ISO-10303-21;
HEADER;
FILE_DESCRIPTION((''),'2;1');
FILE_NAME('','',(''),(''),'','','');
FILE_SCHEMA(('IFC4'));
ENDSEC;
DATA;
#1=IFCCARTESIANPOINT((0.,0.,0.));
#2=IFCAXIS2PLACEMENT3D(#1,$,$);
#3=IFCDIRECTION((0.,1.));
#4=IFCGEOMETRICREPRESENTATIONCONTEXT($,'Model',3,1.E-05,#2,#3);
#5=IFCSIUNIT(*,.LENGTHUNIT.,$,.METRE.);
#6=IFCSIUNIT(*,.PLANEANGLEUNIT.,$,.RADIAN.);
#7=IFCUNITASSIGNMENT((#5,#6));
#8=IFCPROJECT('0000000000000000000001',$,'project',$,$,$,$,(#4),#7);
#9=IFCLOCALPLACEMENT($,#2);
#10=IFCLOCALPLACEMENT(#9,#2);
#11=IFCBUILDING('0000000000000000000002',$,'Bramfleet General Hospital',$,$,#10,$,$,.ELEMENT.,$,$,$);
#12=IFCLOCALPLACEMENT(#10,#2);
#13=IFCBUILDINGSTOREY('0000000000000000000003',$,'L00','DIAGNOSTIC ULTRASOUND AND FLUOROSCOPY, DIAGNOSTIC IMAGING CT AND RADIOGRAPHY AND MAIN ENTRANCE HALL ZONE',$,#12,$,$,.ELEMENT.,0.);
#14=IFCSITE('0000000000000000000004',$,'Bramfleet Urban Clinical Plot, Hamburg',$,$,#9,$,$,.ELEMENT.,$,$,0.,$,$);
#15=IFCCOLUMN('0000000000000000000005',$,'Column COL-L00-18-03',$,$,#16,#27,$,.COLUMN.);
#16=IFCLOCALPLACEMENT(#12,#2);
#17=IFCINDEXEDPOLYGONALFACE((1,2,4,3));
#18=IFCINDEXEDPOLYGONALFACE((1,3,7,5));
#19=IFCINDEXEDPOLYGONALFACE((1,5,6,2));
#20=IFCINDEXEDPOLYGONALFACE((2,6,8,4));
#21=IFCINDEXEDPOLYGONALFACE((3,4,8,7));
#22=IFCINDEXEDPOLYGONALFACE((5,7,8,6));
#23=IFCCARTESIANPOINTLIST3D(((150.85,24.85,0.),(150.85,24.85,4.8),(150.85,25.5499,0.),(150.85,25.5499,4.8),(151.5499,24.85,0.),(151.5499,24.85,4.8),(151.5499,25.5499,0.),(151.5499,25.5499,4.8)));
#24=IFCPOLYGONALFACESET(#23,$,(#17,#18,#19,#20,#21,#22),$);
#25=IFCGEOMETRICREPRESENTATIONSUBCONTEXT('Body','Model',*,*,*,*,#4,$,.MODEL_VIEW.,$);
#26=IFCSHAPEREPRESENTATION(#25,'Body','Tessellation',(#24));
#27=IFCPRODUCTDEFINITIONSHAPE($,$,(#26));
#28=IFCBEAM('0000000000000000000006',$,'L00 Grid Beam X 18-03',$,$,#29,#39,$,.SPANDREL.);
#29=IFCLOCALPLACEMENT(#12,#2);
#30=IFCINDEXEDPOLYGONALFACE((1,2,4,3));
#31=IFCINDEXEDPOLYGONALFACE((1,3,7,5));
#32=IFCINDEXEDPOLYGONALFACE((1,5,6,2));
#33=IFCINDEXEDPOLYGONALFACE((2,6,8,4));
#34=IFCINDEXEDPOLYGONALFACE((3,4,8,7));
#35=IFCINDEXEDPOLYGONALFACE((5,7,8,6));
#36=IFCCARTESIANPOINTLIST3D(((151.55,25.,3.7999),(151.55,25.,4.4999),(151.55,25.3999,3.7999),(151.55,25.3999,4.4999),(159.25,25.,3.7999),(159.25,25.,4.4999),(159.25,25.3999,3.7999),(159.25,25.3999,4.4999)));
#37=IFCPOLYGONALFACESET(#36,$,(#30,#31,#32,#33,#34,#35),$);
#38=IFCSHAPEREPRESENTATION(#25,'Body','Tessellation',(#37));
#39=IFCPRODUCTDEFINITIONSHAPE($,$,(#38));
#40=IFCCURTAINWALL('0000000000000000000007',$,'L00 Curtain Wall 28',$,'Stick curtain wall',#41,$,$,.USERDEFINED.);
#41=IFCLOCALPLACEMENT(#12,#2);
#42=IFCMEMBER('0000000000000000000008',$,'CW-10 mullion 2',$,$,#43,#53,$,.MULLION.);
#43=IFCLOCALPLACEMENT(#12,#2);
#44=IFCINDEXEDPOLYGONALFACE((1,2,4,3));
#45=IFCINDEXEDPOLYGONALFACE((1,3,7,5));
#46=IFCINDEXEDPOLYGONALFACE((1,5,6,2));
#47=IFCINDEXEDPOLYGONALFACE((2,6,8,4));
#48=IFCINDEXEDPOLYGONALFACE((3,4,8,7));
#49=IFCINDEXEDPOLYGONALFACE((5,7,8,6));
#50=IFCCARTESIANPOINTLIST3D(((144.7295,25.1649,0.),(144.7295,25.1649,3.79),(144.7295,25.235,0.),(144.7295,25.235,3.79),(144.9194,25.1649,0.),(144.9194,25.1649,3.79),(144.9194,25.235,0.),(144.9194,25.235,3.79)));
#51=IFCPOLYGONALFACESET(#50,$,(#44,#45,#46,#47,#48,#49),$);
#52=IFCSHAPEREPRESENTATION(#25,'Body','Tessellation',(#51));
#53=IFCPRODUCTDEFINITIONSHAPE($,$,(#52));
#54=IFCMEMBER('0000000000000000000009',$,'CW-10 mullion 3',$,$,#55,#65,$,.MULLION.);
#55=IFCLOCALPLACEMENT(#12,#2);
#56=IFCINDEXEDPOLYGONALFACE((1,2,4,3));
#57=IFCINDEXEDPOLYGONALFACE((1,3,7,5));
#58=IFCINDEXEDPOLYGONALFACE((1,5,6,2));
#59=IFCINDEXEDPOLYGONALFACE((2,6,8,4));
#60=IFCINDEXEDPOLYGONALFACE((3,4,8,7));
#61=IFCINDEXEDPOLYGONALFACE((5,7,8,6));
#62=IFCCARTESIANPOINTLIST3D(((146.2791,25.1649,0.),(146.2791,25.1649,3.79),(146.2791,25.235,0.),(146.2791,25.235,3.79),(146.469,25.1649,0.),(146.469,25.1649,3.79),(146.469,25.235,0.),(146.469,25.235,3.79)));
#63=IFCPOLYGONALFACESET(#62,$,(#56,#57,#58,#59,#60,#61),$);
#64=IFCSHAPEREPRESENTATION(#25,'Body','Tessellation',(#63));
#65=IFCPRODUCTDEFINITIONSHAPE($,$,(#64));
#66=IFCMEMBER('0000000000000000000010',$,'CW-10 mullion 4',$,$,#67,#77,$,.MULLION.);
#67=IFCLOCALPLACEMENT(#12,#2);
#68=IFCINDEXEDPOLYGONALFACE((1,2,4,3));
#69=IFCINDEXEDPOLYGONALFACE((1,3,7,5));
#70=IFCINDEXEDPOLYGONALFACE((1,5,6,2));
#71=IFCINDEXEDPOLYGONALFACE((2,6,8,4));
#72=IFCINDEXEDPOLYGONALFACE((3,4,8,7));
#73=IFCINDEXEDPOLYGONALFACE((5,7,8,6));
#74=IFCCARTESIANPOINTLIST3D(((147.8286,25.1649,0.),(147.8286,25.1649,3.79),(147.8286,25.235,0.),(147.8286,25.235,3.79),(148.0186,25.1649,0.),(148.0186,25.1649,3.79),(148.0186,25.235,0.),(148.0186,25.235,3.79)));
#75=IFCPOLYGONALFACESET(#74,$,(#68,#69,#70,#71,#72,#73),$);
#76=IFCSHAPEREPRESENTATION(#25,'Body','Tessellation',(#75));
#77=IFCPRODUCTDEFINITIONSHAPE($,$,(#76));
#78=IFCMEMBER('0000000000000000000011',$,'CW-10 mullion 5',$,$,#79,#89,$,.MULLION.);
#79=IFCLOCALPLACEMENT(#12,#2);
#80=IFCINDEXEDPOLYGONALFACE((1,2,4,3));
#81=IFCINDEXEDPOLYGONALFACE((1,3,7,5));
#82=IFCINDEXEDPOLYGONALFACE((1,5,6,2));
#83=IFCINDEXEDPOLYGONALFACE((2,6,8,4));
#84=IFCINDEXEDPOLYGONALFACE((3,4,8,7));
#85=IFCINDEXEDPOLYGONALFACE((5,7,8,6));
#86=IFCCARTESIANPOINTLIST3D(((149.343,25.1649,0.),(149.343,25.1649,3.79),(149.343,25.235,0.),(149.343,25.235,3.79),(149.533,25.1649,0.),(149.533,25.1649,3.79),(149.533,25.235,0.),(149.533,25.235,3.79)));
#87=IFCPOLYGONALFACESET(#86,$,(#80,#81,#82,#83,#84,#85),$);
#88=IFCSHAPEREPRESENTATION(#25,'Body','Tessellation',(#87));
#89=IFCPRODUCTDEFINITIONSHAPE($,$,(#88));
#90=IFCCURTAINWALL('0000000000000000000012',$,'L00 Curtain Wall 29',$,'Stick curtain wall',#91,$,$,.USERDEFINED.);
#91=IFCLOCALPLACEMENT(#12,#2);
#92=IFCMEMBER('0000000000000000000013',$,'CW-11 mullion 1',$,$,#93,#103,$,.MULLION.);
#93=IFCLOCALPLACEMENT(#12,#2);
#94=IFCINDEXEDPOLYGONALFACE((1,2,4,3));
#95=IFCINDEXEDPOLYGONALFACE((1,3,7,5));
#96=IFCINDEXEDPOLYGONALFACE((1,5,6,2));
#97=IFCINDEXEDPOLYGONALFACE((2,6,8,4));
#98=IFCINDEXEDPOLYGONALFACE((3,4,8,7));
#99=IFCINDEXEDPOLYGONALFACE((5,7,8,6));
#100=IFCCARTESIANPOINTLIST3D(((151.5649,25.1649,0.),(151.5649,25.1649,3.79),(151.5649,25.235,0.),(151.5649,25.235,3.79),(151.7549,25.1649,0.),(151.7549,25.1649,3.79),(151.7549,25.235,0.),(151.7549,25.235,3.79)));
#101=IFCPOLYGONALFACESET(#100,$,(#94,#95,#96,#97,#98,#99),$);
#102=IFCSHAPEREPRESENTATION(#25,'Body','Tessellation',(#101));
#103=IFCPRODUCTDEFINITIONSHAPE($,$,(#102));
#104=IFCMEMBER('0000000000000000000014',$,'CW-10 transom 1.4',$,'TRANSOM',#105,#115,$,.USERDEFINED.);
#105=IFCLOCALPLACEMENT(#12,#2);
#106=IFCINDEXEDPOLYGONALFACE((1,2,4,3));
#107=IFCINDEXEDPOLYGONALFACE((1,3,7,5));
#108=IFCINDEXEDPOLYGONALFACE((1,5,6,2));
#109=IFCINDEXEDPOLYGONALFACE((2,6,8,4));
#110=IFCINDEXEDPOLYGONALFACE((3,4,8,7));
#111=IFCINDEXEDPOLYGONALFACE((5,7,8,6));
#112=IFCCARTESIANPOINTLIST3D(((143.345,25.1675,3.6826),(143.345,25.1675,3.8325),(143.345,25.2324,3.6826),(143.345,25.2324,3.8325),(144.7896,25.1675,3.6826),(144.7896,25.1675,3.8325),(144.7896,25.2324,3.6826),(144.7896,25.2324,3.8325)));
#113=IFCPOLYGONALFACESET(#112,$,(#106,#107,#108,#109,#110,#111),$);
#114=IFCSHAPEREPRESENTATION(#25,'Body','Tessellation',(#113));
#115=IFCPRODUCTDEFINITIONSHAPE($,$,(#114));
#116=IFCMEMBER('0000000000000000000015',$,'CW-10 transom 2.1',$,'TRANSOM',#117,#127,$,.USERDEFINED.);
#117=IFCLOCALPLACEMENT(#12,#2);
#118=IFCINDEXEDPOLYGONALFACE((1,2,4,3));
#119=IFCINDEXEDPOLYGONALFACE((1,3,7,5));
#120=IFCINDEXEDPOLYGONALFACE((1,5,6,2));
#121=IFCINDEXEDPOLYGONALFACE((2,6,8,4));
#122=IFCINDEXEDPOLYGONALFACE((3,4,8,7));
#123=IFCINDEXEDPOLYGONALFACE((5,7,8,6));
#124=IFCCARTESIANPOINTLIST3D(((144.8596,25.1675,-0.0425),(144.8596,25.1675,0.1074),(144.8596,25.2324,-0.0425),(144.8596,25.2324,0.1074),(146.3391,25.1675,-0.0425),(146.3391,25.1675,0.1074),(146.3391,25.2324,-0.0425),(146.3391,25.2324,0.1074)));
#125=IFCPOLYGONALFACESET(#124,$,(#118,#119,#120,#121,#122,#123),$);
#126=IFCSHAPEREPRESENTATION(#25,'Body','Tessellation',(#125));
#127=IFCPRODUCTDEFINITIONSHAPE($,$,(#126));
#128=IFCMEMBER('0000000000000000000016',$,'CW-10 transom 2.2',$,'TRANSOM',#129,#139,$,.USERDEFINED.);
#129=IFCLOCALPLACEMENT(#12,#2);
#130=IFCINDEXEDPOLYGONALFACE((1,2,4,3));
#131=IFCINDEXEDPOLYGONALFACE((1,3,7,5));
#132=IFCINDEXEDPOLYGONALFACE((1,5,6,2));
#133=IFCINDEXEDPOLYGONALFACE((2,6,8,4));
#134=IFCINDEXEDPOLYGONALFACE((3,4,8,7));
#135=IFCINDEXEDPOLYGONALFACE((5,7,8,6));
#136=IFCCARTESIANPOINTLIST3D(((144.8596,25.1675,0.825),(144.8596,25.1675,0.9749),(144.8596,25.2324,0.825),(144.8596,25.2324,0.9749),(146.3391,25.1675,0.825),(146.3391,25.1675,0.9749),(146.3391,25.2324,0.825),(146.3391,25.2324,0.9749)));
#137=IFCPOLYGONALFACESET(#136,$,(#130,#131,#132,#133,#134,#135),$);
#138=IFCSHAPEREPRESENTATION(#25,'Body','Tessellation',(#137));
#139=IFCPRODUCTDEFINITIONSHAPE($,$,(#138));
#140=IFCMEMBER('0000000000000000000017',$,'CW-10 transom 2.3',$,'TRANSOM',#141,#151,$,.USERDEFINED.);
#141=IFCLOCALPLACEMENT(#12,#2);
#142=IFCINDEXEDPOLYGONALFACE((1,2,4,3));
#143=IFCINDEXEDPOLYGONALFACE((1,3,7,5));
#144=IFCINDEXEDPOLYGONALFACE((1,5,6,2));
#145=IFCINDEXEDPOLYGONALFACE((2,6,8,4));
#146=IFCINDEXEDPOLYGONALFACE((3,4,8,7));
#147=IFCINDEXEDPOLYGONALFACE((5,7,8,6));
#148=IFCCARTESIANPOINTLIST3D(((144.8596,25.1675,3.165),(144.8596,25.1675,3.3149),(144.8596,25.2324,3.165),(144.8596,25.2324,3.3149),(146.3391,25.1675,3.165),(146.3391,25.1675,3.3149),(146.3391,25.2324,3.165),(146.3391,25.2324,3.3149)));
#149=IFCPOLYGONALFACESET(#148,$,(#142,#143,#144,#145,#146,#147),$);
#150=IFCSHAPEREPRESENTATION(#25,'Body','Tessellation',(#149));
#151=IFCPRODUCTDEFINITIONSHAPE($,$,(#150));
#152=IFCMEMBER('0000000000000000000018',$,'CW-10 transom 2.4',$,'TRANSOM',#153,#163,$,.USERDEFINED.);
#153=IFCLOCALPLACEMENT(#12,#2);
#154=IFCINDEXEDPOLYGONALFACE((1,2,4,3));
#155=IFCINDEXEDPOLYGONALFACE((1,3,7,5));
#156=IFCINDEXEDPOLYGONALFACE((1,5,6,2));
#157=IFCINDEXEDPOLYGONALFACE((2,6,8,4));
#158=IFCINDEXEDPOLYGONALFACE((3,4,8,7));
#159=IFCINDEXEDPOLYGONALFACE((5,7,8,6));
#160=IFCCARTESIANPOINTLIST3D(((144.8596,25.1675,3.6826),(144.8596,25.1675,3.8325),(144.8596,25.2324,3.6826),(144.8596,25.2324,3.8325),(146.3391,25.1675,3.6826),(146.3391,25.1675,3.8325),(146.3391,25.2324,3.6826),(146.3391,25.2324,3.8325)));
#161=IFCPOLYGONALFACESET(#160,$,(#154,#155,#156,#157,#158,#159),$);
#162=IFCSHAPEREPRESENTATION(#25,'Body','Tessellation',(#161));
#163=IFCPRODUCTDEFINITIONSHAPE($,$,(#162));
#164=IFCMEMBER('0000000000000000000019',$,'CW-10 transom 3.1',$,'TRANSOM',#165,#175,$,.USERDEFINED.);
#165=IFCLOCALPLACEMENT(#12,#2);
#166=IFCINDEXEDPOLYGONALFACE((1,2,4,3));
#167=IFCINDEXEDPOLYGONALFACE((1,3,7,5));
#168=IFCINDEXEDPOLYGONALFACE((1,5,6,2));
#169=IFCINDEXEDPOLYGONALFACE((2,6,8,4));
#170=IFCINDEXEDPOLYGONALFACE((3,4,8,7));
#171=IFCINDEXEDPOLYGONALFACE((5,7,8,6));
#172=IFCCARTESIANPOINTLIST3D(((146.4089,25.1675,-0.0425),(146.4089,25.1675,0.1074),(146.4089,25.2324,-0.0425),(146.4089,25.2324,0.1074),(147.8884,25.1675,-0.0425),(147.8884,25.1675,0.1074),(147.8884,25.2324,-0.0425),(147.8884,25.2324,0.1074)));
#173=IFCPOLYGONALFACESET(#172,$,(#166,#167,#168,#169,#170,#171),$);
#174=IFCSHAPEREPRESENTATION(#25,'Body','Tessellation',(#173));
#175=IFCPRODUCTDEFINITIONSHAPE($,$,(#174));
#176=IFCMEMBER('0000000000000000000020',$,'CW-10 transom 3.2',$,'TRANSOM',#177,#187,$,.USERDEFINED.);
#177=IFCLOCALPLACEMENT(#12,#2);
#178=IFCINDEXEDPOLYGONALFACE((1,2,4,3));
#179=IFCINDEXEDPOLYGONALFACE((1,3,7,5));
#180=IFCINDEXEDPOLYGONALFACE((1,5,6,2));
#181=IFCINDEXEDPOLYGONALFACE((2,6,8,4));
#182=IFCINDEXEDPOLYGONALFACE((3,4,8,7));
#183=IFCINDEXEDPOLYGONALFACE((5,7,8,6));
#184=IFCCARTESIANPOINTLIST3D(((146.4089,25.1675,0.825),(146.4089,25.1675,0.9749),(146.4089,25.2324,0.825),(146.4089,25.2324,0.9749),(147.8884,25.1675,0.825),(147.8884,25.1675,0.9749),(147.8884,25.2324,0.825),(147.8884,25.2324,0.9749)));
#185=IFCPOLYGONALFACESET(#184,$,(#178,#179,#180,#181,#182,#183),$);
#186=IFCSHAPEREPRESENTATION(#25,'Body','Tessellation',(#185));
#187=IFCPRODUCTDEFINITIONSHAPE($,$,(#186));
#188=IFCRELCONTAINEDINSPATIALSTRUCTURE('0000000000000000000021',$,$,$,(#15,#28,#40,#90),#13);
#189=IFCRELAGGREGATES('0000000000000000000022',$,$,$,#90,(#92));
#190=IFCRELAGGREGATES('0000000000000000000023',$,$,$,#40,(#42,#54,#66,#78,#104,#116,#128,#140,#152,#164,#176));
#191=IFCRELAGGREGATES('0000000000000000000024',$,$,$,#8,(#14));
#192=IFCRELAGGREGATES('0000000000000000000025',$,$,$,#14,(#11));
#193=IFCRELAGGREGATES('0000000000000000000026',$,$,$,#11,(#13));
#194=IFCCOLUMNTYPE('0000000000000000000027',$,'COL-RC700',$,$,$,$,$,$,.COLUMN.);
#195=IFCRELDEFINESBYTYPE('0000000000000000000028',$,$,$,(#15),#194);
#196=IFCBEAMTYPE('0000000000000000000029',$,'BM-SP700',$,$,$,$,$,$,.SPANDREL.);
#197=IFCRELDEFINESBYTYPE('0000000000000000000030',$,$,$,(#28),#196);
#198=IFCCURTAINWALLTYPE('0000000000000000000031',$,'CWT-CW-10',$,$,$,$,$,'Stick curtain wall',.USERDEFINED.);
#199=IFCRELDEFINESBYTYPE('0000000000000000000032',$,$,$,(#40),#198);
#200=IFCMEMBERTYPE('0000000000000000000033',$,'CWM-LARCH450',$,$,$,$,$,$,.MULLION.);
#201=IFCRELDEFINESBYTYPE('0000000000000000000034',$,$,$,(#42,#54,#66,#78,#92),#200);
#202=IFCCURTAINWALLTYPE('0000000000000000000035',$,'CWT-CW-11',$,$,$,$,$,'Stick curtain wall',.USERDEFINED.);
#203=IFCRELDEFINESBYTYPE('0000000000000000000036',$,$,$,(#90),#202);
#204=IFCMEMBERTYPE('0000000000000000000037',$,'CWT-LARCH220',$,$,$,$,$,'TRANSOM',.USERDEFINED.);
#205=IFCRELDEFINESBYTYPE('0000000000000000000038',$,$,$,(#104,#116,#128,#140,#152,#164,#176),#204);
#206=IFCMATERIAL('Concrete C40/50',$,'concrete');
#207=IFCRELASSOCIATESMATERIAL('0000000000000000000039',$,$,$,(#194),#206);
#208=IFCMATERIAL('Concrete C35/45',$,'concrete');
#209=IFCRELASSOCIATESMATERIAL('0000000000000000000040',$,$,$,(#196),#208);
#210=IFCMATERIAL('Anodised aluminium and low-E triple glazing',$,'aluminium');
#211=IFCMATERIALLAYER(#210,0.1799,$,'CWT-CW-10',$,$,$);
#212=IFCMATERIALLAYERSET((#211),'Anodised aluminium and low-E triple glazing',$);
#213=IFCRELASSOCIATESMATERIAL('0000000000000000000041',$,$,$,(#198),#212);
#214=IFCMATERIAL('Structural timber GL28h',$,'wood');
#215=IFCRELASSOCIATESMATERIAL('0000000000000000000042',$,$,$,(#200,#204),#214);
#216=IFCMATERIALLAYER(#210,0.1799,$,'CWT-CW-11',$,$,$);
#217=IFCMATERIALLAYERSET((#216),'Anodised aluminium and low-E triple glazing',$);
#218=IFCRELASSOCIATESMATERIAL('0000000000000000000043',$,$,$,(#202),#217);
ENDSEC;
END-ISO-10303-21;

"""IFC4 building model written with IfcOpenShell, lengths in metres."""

from ifc_helpers import new_model, si_unit, direction, frame, origin, origin_2d, place, context, subcontext, project, spatial, rectangle, extrude, material, layer, layer_set, material_profile, profile_set, type_object, element, aggregate, save


model = new_model("IFC4")

# Units and contexts
model_context = context("Model", 3, precision=1e-05, world=origin(), true_north=direction((0.0, 1.0)))
body_context = subcontext(model_context, "Body", "Model", "MODEL_VIEW")
ifc_project = project(units=[si_unit("LENGTHUNIT", "METRE"), si_unit("PLANEANGLEUNIT", "RADIAN")], contexts=[model_context])

# Site, building, storey
site_placement = place(None, origin())
site = spatial("IfcSite", under=ifc_project, at=site_placement, Name="Bramfleet Urban Clinical Plot, Hamburg", CompositionType="ELEMENT", RefElevation=0.0)
building_placement = place(site_placement, origin())
building = spatial("IfcBuilding", under=site, at=building_placement, Name="Bramfleet General Hospital", CompositionType="ELEMENT")
storey_placement = place(building_placement, origin())
storey = spatial("IfcBuildingStorey", under=building, at=storey_placement, Name="L00", Description="DIAGNOSTIC ULTRASOUND AND FLUOROSCOPY, DIAGNOSTIC IMAGING CT AND RADIOGRAPHY AND MAIN ENTRANCE HALL ZONE", CompositionType="ELEMENT", Elevation=0.0)

# Column
ifc_material_1 = material(Name="Concrete C40/50", Category="concrete")
ifc_material_profile_1 = material_profile(ifc_material_1, rectangle(XDim=0.7, YDim=0.7, at=origin_2d()), Name="RC COL 700x700")
ifc_profile_set_1 = profile_set([ifc_material_profile_1], Name="Concrete C40/50")
column_type = type_object("IfcColumnType", Name="COL-RC700", PredefinedType="COLUMN", material=ifc_profile_set_1)
column_placement = place(storey_placement, frame((151.2, 25.2, 0.0), z_axis=(0.0, 0.0, 1.0), x_axis=(1.0, 0.0, 0.0)))
element("IfcColumn", 1, at=column_placement, inside=storey, type_object=column_type, Name="Column COL-L00-18-03", PredefinedType="COLUMN", context=body_context, shape_type="SweptSolid", body=[
    extrude(rectangle(XDim=0.7, YDim=0.7, at=origin_2d()), origin(), (0.0, 0.0, 1.0), 4.8),
])

# Beam
ifc_material_2 = material(Name="Concrete C35/45", Category="concrete")
ifc_material_profile_2 = material_profile(ifc_material_2, rectangle(XDim=0.3999, YDim=0.7, at=origin_2d()), Name="RC SP 700x400")
ifc_profile_set_2 = profile_set([ifc_material_profile_2], Name="Concrete C35/45")
beam_type = type_object("IfcBeamType", Name="BM-SP700", PredefinedType="SPANDREL", material=ifc_profile_set_2)
beam_placement = place(storey_placement, frame((151.55, 25.2, 4.1499), z_axis=(1.0, 0.0, 0.0), x_axis=(0.0, 1.0, 0.0)))
element("IfcBeam", 2, at=beam_placement, inside=storey, type_object=beam_type, Name="L00 Grid Beam X 18-03", PredefinedType="SPANDREL", context=body_context, shape_type="SweptSolid", body=[
    extrude(rectangle(XDim=0.3999, YDim=0.7, at=origin_2d()), origin(), (0.0, 0.0, 1.0), 7.7),
])

# Curtain wall, members
ifc_material_3 = material(Name="Anodised aluminium and low-E triple glazing", Category="aluminium")
ifc_layer_1 = layer(ifc_material_3, 0.1799, Name="CWT-CW-10")
ifc_layer_set_1 = layer_set([ifc_layer_1], Name="Anodised aluminium and low-E triple glazing")
curtain_wall_type_1 = type_object("IfcCurtainWallType", Name="CWT-CW-10", ElementType="Stick curtain wall", PredefinedType="USERDEFINED", material=ifc_layer_set_1)
curtain_wall_1_placement = place(storey_placement, origin())
curtain_wall_1 = element("IfcCurtainWall", 3, at=curtain_wall_1_placement, inside=storey, type_object=curtain_wall_type_1, Name="L00 Curtain Wall 28", ObjectType="Stick curtain wall", PredefinedType="USERDEFINED")
ifc_material_4 = material(Name="Structural timber GL28h", Category="wood")
ifc_material_profile_3 = material_profile(ifc_material_4, rectangle(XDim=0.0701, YDim=0.1899, at=origin_2d()), Name="LARCH 190x70")
ifc_profile_set_3 = profile_set([ifc_material_profile_3], Name="Structural timber GL28h")
member_type_1 = type_object("IfcMemberType", Name="CWM-LARCH450", PredefinedType="MULLION", material=ifc_profile_set_3)
member_1_placement = place(storey_placement, frame((144.8245, 25.2, 0.0), z_axis=(0.0, 0.0, 1.0), x_axis=(0.0, 1.0, 0.0)))
member_1 = element("IfcMember", 4, at=member_1_placement, type_object=member_type_1, Name="CW-10 mullion 2", PredefinedType="MULLION", context=body_context, shape_type="SweptSolid", body=[
    extrude(rectangle(XDim=0.0701, YDim=0.1899, at=origin_2d()), origin(), (0.0, 0.0, 1.0), 3.79),
])
member_2_placement = place(storey_placement, frame((146.374, 25.2, 0.0), z_axis=(0.0, 0.0, 1.0), x_axis=(0.0, 1.0, 0.0)))
member_2 = element("IfcMember", 5, at=member_2_placement, type_object=member_type_1, Name="CW-10 mullion 3", PredefinedType="MULLION", context=body_context, shape_type="SweptSolid", body=[
    extrude(rectangle(XDim=0.0701, YDim=0.1899, at=origin_2d()), origin(), (0.0, 0.0, 1.0), 3.79),
])
member_3_placement = place(storey_placement, frame((147.9236, 25.2, 0.0), z_axis=(0.0, 0.0, 1.0), x_axis=(0.0, 1.0, 0.0)))
member_3 = element("IfcMember", 6, at=member_3_placement, type_object=member_type_1, Name="CW-10 mullion 4", PredefinedType="MULLION", context=body_context, shape_type="SweptSolid", body=[
    extrude(rectangle(XDim=0.0701, YDim=0.1899, at=origin_2d()), origin(), (0.0, 0.0, 1.0), 3.79),
])
member_4_placement = place(storey_placement, frame((149.438, 25.2, 0.0), z_axis=(0.0, 0.0, 1.0), x_axis=(0.0, 1.0, 0.0)))
member_4 = element("IfcMember", 7, at=member_4_placement, type_object=member_type_1, Name="CW-10 mullion 5", PredefinedType="MULLION", context=body_context, shape_type="SweptSolid", body=[
    extrude(rectangle(XDim=0.0701, YDim=0.1899, at=origin_2d()), origin(), (0.0, 0.0, 1.0), 3.79),
])

# Curtain wall, member
ifc_layer_2 = layer(ifc_material_3, 0.1799, Name="CWT-CW-11")
ifc_layer_set_2 = layer_set([ifc_layer_2], Name="Anodised aluminium and low-E triple glazing")
curtain_wall_type_2 = type_object("IfcCurtainWallType", Name="CWT-CW-11", ElementType="Stick curtain wall", PredefinedType="USERDEFINED", material=ifc_layer_set_2)
curtain_wall_2_placement = place(storey_placement, origin())
curtain_wall_2 = element("IfcCurtainWall", 8, at=curtain_wall_2_placement, inside=storey, type_object=curtain_wall_type_2, Name="L00 Curtain Wall 29", ObjectType="Stick curtain wall", PredefinedType="USERDEFINED")
member_5_placement = place(storey_placement, frame((151.6599, 25.2, 0.0), z_axis=(0.0, 0.0, 1.0), x_axis=(0.0, 1.0, 0.0)))
member_5 = element("IfcMember", 9, at=member_5_placement, type_object=member_type_1, Name="CW-11 mullion 1", PredefinedType="MULLION", context=body_context, shape_type="SweptSolid", body=[
    extrude(rectangle(XDim=0.0701, YDim=0.1899, at=origin_2d()), origin(), (0.0, 0.0, 1.0), 3.79),
])
aggregate(curtain_wall_2, [member_5])

# Members
ifc_material_profile_4 = material_profile(ifc_material_4, rectangle(XDim=0.0649, YDim=0.1499, at=origin_2d()), Name="LARCH 150x65")
ifc_profile_set_4 = profile_set([ifc_material_profile_4], Name="Structural timber GL28h")
member_type_2 = type_object("IfcMemberType", Name="CWT-LARCH220", ElementType="TRANSOM", PredefinedType="USERDEFINED", material=ifc_profile_set_4)
member_6_placement = place(storey_placement, frame((143.345, 25.2, 3.7576), z_axis=(1.0, 0.0, 0.0), x_axis=(0.0, 1.0, 0.0)))
member_6 = element("IfcMember", 10, at=member_6_placement, type_object=member_type_2, Name="CW-10 transom 1.4", ObjectType="TRANSOM", PredefinedType="USERDEFINED", context=body_context, shape_type="SweptSolid", body=[
    extrude(rectangle(XDim=0.0649, YDim=0.1499, at=origin_2d()), origin(), (0.0, 0.0, 1.0), 1.4446),
])
member_7_placement = place(storey_placement, frame((144.8596, 25.2, 0.0325), z_axis=(1.0, 0.0, 0.0), x_axis=(0.0, 1.0, 0.0)))
member_7 = element("IfcMember", 11, at=member_7_placement, type_object=member_type_2, Name="CW-10 transom 2.1", ObjectType="TRANSOM", PredefinedType="USERDEFINED", context=body_context, shape_type="SweptSolid", body=[
    extrude(rectangle(XDim=0.0649, YDim=0.1499, at=origin_2d()), origin(), (0.0, 0.0, 1.0), 1.4795),
])
member_8_placement = place(storey_placement, frame((144.8596, 25.2, 0.8999), z_axis=(1.0, 0.0, 0.0), x_axis=(0.0, 1.0, 0.0)))
member_8 = element("IfcMember", 12, at=member_8_placement, type_object=member_type_2, Name="CW-10 transom 2.2", ObjectType="TRANSOM", PredefinedType="USERDEFINED", context=body_context, shape_type="SweptSolid", body=[
    extrude(rectangle(XDim=0.0649, YDim=0.1499, at=origin_2d()), origin(), (0.0, 0.0, 1.0), 1.4795),
])
member_9_placement = place(storey_placement, frame((144.8596, 25.2, 3.24), z_axis=(1.0, 0.0, 0.0), x_axis=(0.0, 1.0, 0.0)))
member_9 = element("IfcMember", 13, at=member_9_placement, type_object=member_type_2, Name="CW-10 transom 2.3", ObjectType="TRANSOM", PredefinedType="USERDEFINED", context=body_context, shape_type="SweptSolid", body=[
    extrude(rectangle(XDim=0.0649, YDim=0.1499, at=origin_2d()), origin(), (0.0, 0.0, 1.0), 1.4795),
])
member_10_placement = place(storey_placement, frame((144.8596, 25.2, 3.7576), z_axis=(1.0, 0.0, 0.0), x_axis=(0.0, 1.0, 0.0)))
member_10 = element("IfcMember", 14, at=member_10_placement, type_object=member_type_2, Name="CW-10 transom 2.4", ObjectType="TRANSOM", PredefinedType="USERDEFINED", context=body_context, shape_type="SweptSolid", body=[
    extrude(rectangle(XDim=0.0649, YDim=0.1499, at=origin_2d()), origin(), (0.0, 0.0, 1.0), 1.4795),
])
member_11_placement = place(storey_placement, frame((146.4089, 25.2, 0.0325), z_axis=(1.0, 0.0, 0.0), x_axis=(0.0, 1.0, 0.0)))
member_11 = element("IfcMember", 15, at=member_11_placement, type_object=member_type_2, Name="CW-10 transom 3.1", ObjectType="TRANSOM", PredefinedType="USERDEFINED", context=body_context, shape_type="SweptSolid", body=[
    extrude(rectangle(XDim=0.0649, YDim=0.1499, at=origin_2d()), origin(), (0.0, 0.0, 1.0), 1.4795),
])
member_12_placement = place(storey_placement, frame((146.4089, 25.2, 0.8999), z_axis=(1.0, 0.0, 0.0), x_axis=(0.0, 1.0, 0.0)))
member_12 = element("IfcMember", 16, at=member_12_placement, type_object=member_type_2, Name="CW-10 transom 3.2", ObjectType="TRANSOM", PredefinedType="USERDEFINED", context=body_context, shape_type="SweptSolid", body=[
    extrude(rectangle(XDim=0.0649, YDim=0.1499, at=origin_2d()), origin(), (0.0, 0.0, 1.0), 1.4795),
])

aggregate(curtain_wall_1, [member_1, member_2, member_3, member_4, member_6, member_7, member_8, member_9, member_10, member_11, member_12])

save(model, "model.ifc")
